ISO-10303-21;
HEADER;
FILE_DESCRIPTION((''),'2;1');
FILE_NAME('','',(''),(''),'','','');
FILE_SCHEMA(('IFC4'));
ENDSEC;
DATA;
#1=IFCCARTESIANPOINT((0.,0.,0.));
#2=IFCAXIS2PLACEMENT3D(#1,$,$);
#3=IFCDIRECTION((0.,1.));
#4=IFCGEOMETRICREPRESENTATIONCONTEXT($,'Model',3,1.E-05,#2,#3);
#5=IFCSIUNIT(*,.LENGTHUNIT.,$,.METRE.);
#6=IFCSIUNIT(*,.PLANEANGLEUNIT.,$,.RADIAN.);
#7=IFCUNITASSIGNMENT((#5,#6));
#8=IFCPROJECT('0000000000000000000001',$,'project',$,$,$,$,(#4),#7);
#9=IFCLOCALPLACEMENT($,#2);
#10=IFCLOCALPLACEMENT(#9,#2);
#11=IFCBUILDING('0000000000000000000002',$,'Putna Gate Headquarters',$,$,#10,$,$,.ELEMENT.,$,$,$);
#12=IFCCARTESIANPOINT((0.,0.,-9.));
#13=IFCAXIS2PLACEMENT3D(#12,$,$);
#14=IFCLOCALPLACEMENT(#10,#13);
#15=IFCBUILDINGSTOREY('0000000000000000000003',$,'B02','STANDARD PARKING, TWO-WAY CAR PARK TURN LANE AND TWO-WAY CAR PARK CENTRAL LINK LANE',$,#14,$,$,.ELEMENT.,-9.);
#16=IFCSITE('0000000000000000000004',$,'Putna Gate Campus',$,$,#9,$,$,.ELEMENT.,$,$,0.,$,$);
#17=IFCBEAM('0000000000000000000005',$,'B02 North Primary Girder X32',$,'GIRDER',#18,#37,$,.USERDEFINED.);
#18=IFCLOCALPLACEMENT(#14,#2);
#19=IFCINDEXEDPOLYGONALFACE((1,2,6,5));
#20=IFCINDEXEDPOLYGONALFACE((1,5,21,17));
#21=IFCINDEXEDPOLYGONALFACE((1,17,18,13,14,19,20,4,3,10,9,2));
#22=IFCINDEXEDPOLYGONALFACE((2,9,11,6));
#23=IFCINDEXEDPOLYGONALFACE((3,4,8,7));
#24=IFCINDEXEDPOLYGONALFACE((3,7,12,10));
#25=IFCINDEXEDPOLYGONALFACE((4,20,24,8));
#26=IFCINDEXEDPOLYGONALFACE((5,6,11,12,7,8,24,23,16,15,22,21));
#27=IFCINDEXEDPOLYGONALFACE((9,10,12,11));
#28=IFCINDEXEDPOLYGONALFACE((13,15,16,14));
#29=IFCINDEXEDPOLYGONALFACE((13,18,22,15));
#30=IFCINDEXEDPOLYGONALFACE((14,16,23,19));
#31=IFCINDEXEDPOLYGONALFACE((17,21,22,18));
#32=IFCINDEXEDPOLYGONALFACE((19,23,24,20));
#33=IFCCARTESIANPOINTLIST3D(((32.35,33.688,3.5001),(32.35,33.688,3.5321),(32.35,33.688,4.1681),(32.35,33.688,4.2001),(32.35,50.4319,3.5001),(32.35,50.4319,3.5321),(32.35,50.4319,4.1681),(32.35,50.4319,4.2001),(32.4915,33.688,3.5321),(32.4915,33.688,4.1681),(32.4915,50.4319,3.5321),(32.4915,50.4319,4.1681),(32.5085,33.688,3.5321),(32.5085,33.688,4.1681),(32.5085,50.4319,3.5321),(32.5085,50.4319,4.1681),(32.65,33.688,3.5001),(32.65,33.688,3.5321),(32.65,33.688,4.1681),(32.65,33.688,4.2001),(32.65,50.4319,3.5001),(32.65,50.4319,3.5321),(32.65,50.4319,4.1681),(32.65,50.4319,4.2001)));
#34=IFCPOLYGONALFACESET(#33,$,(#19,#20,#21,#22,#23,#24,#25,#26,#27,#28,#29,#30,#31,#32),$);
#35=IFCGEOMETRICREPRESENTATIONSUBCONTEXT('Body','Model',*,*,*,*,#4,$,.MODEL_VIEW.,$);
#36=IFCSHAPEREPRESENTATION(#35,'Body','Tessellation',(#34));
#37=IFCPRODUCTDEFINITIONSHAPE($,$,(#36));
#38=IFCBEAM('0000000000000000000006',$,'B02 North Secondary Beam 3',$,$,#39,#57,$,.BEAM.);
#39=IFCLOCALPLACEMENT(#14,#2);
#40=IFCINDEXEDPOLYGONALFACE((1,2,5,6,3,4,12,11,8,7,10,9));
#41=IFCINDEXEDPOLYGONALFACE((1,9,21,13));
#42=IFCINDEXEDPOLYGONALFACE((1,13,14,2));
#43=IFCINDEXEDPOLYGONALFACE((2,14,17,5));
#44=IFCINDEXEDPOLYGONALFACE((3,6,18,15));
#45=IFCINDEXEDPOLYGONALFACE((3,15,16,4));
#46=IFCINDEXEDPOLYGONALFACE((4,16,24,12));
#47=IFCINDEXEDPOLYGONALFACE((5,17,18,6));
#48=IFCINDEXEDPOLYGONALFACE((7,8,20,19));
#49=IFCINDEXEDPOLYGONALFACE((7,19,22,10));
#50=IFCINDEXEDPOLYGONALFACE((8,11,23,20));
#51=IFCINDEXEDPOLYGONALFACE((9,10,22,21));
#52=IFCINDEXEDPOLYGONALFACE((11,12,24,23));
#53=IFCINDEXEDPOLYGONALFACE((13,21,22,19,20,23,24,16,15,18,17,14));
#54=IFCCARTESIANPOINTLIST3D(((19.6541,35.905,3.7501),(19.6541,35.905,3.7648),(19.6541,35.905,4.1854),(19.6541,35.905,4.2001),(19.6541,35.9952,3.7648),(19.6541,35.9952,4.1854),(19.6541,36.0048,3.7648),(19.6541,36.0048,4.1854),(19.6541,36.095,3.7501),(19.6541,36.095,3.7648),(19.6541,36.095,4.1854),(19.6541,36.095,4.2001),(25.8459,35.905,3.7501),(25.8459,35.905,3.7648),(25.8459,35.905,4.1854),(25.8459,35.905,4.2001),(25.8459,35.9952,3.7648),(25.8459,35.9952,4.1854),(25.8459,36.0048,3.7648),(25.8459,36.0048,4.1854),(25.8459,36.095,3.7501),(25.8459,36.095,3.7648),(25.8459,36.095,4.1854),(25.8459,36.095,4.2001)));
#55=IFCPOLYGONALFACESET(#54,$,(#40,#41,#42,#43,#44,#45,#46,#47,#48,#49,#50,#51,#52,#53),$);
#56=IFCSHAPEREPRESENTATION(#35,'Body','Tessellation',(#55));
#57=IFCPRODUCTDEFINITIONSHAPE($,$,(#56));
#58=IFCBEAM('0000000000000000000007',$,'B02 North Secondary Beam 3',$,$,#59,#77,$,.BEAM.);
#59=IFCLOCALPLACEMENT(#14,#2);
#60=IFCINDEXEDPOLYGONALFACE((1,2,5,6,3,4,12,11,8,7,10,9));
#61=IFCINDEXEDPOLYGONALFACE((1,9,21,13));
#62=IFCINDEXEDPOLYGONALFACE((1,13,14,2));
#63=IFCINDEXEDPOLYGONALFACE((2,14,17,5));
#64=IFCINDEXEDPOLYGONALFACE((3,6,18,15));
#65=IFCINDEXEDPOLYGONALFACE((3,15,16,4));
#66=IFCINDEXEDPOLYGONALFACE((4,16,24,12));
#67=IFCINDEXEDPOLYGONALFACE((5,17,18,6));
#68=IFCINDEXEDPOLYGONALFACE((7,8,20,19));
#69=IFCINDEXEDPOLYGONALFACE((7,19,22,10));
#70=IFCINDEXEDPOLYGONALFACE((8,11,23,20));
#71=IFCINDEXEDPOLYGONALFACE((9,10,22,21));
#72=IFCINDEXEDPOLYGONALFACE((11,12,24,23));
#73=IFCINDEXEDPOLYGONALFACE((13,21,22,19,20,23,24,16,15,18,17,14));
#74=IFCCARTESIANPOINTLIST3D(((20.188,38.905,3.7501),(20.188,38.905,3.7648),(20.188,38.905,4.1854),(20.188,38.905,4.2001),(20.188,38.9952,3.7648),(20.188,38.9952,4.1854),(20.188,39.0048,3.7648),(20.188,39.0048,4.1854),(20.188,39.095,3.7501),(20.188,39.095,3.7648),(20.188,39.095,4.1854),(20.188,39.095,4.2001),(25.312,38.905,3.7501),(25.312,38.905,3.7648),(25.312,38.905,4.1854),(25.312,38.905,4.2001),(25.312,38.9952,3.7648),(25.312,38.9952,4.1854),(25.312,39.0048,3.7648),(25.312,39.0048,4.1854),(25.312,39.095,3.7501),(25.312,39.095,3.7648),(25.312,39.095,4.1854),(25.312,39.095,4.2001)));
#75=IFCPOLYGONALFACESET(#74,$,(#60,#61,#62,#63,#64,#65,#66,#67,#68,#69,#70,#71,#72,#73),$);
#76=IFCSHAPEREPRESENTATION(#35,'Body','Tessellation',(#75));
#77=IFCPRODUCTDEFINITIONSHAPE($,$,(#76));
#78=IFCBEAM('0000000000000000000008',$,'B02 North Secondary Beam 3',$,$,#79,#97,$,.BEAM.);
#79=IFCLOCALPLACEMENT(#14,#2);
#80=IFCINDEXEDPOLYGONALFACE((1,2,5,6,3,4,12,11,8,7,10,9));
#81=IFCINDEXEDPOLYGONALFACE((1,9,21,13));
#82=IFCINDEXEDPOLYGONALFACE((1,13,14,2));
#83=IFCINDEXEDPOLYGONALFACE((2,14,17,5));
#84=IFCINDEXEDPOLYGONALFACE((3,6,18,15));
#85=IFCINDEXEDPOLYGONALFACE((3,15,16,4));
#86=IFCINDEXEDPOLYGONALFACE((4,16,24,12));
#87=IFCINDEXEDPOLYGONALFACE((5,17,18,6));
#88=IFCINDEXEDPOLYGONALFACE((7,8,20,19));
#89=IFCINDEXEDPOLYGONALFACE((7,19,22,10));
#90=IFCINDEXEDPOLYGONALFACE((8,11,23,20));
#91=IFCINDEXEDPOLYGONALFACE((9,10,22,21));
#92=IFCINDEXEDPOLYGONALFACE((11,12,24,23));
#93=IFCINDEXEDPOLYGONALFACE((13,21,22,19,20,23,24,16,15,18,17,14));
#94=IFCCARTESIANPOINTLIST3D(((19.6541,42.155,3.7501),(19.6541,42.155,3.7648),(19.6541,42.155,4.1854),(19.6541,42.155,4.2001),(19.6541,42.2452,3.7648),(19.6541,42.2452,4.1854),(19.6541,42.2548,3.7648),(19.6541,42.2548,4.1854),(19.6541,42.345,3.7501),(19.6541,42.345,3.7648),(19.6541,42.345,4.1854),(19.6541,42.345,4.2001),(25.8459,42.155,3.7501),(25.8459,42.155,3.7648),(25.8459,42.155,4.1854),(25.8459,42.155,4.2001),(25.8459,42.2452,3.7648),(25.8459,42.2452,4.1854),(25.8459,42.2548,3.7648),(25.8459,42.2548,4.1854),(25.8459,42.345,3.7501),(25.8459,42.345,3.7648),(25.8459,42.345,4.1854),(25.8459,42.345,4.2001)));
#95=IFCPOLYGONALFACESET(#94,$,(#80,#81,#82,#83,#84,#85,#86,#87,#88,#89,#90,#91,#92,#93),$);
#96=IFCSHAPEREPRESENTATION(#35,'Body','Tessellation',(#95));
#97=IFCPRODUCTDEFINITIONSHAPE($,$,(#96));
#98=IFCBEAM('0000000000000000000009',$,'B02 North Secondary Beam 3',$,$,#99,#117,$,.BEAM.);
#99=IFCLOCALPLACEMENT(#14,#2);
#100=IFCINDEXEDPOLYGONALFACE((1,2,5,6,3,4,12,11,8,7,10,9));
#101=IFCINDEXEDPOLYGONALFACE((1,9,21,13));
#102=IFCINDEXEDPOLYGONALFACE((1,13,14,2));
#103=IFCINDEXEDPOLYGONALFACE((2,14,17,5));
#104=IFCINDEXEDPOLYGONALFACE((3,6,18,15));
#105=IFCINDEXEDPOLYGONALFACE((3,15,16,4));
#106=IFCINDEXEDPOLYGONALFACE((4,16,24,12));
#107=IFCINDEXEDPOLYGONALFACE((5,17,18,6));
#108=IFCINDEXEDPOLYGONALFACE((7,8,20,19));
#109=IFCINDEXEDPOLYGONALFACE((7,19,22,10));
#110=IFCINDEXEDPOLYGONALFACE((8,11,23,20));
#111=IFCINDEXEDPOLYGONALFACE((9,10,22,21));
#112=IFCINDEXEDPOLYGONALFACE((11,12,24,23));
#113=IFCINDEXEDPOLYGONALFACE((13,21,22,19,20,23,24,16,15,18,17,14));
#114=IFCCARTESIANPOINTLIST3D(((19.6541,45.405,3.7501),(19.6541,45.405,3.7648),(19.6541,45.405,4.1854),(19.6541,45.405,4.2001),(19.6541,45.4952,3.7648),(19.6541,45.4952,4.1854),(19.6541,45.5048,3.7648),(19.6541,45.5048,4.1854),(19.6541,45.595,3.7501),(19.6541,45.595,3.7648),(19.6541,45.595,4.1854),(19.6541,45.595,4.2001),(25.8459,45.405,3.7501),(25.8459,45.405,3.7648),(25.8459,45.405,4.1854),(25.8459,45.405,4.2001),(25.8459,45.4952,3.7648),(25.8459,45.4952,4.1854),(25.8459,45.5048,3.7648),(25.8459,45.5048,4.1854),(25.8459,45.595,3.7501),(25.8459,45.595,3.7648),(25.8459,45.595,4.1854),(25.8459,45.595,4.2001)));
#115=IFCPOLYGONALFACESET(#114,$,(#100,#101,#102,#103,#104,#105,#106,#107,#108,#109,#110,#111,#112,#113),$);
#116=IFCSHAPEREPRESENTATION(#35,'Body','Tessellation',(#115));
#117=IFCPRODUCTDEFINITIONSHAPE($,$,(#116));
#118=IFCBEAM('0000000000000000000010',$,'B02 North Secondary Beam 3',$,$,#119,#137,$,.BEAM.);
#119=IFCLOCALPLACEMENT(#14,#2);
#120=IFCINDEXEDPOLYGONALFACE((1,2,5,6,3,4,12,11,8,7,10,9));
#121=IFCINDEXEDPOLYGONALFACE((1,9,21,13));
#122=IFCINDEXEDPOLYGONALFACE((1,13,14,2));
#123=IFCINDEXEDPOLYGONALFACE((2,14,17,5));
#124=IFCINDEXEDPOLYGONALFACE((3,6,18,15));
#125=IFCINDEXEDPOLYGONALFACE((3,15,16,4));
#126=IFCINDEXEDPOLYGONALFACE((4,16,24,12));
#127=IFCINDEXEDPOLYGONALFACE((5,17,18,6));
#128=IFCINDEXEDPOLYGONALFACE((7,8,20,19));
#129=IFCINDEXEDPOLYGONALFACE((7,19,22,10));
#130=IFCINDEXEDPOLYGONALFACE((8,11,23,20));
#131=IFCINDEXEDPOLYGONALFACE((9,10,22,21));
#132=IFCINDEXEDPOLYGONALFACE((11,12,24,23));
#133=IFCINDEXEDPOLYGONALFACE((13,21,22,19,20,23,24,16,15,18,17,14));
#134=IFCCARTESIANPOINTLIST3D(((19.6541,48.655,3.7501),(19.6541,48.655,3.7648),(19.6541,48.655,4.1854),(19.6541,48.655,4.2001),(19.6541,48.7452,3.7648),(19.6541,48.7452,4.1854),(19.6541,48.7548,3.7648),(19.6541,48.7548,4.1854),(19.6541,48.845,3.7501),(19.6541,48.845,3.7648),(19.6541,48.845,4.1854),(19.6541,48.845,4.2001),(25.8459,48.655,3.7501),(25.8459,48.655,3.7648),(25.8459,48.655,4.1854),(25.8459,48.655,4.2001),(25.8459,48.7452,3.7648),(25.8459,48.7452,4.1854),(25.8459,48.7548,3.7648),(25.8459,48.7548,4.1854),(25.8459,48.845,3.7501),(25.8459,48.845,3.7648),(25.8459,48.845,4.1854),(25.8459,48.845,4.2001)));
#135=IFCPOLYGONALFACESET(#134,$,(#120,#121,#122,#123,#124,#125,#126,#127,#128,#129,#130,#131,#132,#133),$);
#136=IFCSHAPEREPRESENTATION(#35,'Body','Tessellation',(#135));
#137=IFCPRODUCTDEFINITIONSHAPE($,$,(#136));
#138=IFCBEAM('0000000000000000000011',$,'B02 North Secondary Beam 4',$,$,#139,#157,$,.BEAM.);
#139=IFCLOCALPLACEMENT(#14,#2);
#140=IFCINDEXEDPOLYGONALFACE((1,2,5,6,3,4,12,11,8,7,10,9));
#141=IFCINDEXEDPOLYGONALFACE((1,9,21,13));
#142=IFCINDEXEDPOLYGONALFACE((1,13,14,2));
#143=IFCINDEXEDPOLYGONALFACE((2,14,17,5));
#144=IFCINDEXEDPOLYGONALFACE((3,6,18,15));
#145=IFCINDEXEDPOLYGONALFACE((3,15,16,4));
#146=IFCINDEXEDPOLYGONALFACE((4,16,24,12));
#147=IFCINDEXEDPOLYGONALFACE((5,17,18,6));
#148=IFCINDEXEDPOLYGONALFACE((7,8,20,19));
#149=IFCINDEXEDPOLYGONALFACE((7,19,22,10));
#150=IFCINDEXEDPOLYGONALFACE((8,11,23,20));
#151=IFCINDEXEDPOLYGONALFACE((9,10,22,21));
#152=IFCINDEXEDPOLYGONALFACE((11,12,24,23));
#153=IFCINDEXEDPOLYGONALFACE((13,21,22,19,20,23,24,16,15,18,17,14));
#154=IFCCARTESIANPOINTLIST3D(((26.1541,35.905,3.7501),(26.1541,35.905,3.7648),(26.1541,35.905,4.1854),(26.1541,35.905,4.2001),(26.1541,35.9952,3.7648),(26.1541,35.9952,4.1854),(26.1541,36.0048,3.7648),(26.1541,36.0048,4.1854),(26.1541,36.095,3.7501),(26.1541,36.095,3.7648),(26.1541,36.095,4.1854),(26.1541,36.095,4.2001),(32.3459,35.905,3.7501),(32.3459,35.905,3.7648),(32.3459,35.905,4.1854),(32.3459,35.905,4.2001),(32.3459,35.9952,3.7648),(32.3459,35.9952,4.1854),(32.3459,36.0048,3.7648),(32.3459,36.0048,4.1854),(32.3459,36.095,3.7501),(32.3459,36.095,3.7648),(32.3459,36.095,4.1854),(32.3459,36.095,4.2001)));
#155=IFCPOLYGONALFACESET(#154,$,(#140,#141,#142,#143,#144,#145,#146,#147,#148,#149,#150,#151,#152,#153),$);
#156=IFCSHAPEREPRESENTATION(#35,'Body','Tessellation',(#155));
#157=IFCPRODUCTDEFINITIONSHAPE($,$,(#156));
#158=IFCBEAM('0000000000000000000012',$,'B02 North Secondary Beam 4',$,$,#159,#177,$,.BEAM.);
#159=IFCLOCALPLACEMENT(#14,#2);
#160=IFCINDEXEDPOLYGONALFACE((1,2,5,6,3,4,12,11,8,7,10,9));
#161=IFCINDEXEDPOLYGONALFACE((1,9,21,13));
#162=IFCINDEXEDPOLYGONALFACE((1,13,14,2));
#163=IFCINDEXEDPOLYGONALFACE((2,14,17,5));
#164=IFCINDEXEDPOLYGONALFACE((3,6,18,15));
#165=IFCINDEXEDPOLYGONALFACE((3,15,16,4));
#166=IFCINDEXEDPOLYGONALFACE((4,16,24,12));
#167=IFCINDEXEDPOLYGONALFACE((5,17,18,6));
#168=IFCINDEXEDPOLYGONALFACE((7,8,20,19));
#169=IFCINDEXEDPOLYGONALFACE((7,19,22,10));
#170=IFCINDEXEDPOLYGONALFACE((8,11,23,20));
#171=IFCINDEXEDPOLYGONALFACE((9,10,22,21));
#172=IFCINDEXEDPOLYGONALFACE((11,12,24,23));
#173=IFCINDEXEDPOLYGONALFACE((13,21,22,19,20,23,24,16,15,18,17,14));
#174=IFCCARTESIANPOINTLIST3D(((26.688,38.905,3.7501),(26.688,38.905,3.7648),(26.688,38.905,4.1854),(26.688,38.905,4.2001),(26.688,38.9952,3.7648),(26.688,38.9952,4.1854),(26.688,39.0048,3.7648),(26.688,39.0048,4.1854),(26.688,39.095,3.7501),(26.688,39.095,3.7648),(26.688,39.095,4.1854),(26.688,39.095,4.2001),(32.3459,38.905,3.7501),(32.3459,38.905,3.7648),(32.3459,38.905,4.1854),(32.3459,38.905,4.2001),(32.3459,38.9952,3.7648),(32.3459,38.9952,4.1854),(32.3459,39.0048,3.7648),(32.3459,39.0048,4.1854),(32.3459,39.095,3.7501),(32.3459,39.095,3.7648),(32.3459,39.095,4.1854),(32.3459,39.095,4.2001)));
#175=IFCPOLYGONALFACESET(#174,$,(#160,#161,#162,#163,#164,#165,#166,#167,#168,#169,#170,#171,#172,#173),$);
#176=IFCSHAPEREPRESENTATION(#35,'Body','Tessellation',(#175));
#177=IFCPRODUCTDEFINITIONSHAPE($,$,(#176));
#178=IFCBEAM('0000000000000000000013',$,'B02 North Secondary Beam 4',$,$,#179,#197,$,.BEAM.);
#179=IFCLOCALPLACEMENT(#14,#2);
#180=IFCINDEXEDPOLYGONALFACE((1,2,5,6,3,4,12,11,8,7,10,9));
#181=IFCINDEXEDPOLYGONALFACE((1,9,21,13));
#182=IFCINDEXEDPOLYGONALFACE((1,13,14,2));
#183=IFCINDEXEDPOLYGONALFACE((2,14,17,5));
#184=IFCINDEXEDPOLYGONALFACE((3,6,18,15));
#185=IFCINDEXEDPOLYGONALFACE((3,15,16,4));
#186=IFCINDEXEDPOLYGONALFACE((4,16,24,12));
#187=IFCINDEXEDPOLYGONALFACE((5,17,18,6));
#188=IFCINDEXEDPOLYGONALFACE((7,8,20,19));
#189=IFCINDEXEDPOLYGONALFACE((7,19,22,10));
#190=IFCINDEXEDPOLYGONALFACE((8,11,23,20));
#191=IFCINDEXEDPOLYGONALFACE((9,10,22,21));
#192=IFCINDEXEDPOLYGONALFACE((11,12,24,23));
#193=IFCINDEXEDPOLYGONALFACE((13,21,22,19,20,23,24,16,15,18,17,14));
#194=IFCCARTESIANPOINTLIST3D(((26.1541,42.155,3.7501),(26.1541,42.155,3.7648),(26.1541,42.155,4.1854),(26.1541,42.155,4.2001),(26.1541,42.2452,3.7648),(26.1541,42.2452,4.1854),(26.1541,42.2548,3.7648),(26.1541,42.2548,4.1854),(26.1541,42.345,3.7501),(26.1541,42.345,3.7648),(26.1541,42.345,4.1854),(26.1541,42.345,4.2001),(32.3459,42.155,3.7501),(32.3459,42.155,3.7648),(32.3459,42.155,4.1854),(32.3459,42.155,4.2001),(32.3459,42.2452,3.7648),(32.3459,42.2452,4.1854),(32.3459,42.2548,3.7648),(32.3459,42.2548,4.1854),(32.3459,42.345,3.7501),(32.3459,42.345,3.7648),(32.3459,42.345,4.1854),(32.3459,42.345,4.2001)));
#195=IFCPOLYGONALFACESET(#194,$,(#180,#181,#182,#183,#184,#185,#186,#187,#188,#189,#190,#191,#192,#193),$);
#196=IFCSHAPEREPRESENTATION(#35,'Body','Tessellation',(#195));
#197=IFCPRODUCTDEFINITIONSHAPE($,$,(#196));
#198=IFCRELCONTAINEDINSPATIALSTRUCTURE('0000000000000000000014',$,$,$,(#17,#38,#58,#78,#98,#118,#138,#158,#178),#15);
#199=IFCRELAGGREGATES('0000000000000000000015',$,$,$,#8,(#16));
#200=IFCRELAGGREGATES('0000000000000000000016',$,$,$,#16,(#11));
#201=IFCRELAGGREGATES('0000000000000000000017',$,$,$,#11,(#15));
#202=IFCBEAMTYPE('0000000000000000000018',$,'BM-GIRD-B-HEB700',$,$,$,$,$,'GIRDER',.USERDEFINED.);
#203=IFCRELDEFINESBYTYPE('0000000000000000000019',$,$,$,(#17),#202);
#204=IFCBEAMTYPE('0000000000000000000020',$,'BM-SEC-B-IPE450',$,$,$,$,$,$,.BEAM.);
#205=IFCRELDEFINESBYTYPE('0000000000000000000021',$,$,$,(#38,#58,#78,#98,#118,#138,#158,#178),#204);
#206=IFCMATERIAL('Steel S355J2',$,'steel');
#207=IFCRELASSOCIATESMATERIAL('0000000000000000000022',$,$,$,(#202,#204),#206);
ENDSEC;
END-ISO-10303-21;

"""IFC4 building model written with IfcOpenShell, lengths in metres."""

from ifc_helpers import new_model, si_unit, direction, frame, origin, origin_2d, place, context, subcontext, project, spatial, i_section, extrude, material, material_profile, profile_set, type_object, element, save


model = new_model("IFC4")

# Units and contexts
model_context = context("Model", 3, precision=1e-05, world=origin(), true_north=direction((0.0, 1.0)))
body_context = subcontext(model_context, "Body", "Model", "MODEL_VIEW")
ifc_project = project(units=[si_unit("LENGTHUNIT", "METRE"), si_unit("PLANEANGLEUNIT", "RADIAN")], contexts=[model_context])

# Site, building, storey
site_placement = place(None, origin())
site = spatial("IfcSite", under=ifc_project, at=site_placement, Name="Putna Gate Campus", CompositionType="ELEMENT", RefElevation=0.0)
building_placement = place(site_placement, origin())
building = spatial("IfcBuilding", under=site, at=building_placement, Name="Putna Gate Headquarters", CompositionType="ELEMENT")
storey_placement = place(building_placement, frame((0.0, 0.0, -9.0)))
storey = spatial("IfcBuildingStorey", under=building, at=storey_placement, Name="B02", Description="STANDARD PARKING, TWO-WAY CAR PARK TURN LANE AND TWO-WAY CAR PARK CENTRAL LINK LANE", CompositionType="ELEMENT", Elevation=-9.0)

# Beams
ifc_material_1 = material(Name="Steel S355J2", Category="steel")
ifc_material_profile_1 = material_profile(ifc_material_1, i_section(OverallWidth=0.3, OverallDepth=0.7, WebThickness=0.0171, FlangeThickness=0.032, at=origin_2d()), Name="Steel S355J2")
ifc_profile_set_1 = profile_set([ifc_material_profile_1], Name="Steel S355J2")
beam_type_1 = type_object("IfcBeamType", Name="BM-GIRD-B-HEB700", ElementType="GIRDER", PredefinedType="USERDEFINED", material=ifc_profile_set_1)
beam_1_placement = place(storey_placement, frame((32.5, 33.688, 3.8501), z_axis=(0.0, 1.0, 0.0), x_axis=(-1.0, 0.0, 0.0)))
element("IfcBeam", 1, at=beam_1_placement, inside=storey, type_object=beam_type_1, Name="B02 North Primary Girder X32", ObjectType="GIRDER", PredefinedType="USERDEFINED", context=body_context, shape_type="SweptSolid", body=[
    extrude(i_section(OverallWidth=0.3, OverallDepth=0.7, WebThickness=0.0171, FlangeThickness=0.032, at=origin_2d()), origin(), (0.0, 0.0, 1.0), 16.7439),
])
ifc_material_profile_2 = material_profile(ifc_material_1, i_section(OverallWidth=0.1899, OverallDepth=0.45, WebThickness=0.0095, FlangeThickness=0.0146, at=origin_2d()), Name="Steel S355J2")
ifc_profile_set_2 = profile_set([ifc_material_profile_2], Name="Steel S355J2")
beam_type_2 = type_object("IfcBeamType", Name="BM-SEC-B-IPE450", PredefinedType="BEAM", material=ifc_profile_set_2)
beam_2_placement = place(storey_placement, frame((19.6541, 36.0, 3.9751), z_axis=(1.0, 0.0, 0.0), x_axis=(0.0, 1.0, 0.0)))
element("IfcBeam", 2, at=beam_2_placement, inside=storey, type_object=beam_type_2, Name="B02 North Secondary Beam 3", PredefinedType="BEAM", context=body_context, shape_type="SweptSolid", body=[
    extrude(i_section(OverallWidth=0.1899, OverallDepth=0.45, WebThickness=0.0095, FlangeThickness=0.0146, at=origin_2d()), origin(), (0.0, 0.0, 1.0), 6.1919),
])
beam_3_placement = place(storey_placement, frame((20.188, 39.0, 3.9751), z_axis=(1.0, 0.0, 0.0), x_axis=(0.0, 1.0, 0.0)))
element("IfcBeam", 3, at=beam_3_placement, inside=storey, type_object=beam_type_2, Name="B02 North Secondary Beam 3", PredefinedType="BEAM", context=body_context, shape_type="SweptSolid", body=[
    extrude(i_section(OverallWidth=0.1899, OverallDepth=0.45, WebThickness=0.0095, FlangeThickness=0.0146, at=origin_2d()), origin(), (0.0, 0.0, 1.0), 5.124),
])
for number, where, z_axis, x_axis, name in (
    (4, (19.6541, 42.25, 3.9751), (1.0, 0.0, 0.0), (0.0, 1.0, 0.0), "B02 North Secondary Beam 3"),
    (5, (19.6541, 45.5, 3.9751), (1.0, 0.0, 0.0), (0.0, 1.0, 0.0), "B02 North Secondary Beam 3"),
    (6, (19.6541, 48.75, 3.9751), (1.0, 0.0, 0.0), (0.0, 1.0, 0.0), "B02 North Secondary Beam 3"),
    (7, (26.1541, 36.0, 3.9751), (1.0, 0.0, 0.0), (0.0, 1.0, 0.0), "B02 North Secondary Beam 4"),
):
    element("IfcBeam", number, at=place(storey_placement, frame(where, z_axis=z_axis, x_axis=x_axis)), inside=storey, type_object=beam_type_2, Name=name, PredefinedType="BEAM", context=body_context, shape_type="SweptSolid", body=[
        extrude(i_section(OverallWidth=0.1899, OverallDepth=0.45, WebThickness=0.0095, FlangeThickness=0.0146, at=origin_2d()), origin(), (0.0, 0.0, 1.0), 6.1919),
    ])
beam_4_placement = place(storey_placement, frame((26.688, 39.0, 3.9751), z_axis=(1.0, 0.0, 0.0), x_axis=(0.0, 1.0, 0.0)))
element("IfcBeam", 8, at=beam_4_placement, inside=storey, type_object=beam_type_2, Name="B02 North Secondary Beam 4", PredefinedType="BEAM", context=body_context, shape_type="SweptSolid", body=[
    extrude(i_section(OverallWidth=0.1899, OverallDepth=0.45, WebThickness=0.0095, FlangeThickness=0.0146, at=origin_2d()), origin(), (0.0, 0.0, 1.0), 5.658),
])
for number, where, z_axis, x_axis, name in (
    (9, (26.1541, 42.25, 3.9751), (1.0, 0.0, 0.0), (0.0, 1.0, 0.0), "B02 North Secondary Beam 4"),
):
    element("IfcBeam", number, at=place(storey_placement, frame(where, z_axis=z_axis, x_axis=x_axis)), inside=storey, type_object=beam_type_2, Name=name, PredefinedType="BEAM", context=body_context, shape_type="SweptSolid", body=[
        extrude(i_section(OverallWidth=0.1899, OverallDepth=0.45, WebThickness=0.0095, FlangeThickness=0.0146, at=origin_2d()), origin(), (0.0, 0.0, 1.0), 6.1919),
    ])

save(model, "model.ifc")
